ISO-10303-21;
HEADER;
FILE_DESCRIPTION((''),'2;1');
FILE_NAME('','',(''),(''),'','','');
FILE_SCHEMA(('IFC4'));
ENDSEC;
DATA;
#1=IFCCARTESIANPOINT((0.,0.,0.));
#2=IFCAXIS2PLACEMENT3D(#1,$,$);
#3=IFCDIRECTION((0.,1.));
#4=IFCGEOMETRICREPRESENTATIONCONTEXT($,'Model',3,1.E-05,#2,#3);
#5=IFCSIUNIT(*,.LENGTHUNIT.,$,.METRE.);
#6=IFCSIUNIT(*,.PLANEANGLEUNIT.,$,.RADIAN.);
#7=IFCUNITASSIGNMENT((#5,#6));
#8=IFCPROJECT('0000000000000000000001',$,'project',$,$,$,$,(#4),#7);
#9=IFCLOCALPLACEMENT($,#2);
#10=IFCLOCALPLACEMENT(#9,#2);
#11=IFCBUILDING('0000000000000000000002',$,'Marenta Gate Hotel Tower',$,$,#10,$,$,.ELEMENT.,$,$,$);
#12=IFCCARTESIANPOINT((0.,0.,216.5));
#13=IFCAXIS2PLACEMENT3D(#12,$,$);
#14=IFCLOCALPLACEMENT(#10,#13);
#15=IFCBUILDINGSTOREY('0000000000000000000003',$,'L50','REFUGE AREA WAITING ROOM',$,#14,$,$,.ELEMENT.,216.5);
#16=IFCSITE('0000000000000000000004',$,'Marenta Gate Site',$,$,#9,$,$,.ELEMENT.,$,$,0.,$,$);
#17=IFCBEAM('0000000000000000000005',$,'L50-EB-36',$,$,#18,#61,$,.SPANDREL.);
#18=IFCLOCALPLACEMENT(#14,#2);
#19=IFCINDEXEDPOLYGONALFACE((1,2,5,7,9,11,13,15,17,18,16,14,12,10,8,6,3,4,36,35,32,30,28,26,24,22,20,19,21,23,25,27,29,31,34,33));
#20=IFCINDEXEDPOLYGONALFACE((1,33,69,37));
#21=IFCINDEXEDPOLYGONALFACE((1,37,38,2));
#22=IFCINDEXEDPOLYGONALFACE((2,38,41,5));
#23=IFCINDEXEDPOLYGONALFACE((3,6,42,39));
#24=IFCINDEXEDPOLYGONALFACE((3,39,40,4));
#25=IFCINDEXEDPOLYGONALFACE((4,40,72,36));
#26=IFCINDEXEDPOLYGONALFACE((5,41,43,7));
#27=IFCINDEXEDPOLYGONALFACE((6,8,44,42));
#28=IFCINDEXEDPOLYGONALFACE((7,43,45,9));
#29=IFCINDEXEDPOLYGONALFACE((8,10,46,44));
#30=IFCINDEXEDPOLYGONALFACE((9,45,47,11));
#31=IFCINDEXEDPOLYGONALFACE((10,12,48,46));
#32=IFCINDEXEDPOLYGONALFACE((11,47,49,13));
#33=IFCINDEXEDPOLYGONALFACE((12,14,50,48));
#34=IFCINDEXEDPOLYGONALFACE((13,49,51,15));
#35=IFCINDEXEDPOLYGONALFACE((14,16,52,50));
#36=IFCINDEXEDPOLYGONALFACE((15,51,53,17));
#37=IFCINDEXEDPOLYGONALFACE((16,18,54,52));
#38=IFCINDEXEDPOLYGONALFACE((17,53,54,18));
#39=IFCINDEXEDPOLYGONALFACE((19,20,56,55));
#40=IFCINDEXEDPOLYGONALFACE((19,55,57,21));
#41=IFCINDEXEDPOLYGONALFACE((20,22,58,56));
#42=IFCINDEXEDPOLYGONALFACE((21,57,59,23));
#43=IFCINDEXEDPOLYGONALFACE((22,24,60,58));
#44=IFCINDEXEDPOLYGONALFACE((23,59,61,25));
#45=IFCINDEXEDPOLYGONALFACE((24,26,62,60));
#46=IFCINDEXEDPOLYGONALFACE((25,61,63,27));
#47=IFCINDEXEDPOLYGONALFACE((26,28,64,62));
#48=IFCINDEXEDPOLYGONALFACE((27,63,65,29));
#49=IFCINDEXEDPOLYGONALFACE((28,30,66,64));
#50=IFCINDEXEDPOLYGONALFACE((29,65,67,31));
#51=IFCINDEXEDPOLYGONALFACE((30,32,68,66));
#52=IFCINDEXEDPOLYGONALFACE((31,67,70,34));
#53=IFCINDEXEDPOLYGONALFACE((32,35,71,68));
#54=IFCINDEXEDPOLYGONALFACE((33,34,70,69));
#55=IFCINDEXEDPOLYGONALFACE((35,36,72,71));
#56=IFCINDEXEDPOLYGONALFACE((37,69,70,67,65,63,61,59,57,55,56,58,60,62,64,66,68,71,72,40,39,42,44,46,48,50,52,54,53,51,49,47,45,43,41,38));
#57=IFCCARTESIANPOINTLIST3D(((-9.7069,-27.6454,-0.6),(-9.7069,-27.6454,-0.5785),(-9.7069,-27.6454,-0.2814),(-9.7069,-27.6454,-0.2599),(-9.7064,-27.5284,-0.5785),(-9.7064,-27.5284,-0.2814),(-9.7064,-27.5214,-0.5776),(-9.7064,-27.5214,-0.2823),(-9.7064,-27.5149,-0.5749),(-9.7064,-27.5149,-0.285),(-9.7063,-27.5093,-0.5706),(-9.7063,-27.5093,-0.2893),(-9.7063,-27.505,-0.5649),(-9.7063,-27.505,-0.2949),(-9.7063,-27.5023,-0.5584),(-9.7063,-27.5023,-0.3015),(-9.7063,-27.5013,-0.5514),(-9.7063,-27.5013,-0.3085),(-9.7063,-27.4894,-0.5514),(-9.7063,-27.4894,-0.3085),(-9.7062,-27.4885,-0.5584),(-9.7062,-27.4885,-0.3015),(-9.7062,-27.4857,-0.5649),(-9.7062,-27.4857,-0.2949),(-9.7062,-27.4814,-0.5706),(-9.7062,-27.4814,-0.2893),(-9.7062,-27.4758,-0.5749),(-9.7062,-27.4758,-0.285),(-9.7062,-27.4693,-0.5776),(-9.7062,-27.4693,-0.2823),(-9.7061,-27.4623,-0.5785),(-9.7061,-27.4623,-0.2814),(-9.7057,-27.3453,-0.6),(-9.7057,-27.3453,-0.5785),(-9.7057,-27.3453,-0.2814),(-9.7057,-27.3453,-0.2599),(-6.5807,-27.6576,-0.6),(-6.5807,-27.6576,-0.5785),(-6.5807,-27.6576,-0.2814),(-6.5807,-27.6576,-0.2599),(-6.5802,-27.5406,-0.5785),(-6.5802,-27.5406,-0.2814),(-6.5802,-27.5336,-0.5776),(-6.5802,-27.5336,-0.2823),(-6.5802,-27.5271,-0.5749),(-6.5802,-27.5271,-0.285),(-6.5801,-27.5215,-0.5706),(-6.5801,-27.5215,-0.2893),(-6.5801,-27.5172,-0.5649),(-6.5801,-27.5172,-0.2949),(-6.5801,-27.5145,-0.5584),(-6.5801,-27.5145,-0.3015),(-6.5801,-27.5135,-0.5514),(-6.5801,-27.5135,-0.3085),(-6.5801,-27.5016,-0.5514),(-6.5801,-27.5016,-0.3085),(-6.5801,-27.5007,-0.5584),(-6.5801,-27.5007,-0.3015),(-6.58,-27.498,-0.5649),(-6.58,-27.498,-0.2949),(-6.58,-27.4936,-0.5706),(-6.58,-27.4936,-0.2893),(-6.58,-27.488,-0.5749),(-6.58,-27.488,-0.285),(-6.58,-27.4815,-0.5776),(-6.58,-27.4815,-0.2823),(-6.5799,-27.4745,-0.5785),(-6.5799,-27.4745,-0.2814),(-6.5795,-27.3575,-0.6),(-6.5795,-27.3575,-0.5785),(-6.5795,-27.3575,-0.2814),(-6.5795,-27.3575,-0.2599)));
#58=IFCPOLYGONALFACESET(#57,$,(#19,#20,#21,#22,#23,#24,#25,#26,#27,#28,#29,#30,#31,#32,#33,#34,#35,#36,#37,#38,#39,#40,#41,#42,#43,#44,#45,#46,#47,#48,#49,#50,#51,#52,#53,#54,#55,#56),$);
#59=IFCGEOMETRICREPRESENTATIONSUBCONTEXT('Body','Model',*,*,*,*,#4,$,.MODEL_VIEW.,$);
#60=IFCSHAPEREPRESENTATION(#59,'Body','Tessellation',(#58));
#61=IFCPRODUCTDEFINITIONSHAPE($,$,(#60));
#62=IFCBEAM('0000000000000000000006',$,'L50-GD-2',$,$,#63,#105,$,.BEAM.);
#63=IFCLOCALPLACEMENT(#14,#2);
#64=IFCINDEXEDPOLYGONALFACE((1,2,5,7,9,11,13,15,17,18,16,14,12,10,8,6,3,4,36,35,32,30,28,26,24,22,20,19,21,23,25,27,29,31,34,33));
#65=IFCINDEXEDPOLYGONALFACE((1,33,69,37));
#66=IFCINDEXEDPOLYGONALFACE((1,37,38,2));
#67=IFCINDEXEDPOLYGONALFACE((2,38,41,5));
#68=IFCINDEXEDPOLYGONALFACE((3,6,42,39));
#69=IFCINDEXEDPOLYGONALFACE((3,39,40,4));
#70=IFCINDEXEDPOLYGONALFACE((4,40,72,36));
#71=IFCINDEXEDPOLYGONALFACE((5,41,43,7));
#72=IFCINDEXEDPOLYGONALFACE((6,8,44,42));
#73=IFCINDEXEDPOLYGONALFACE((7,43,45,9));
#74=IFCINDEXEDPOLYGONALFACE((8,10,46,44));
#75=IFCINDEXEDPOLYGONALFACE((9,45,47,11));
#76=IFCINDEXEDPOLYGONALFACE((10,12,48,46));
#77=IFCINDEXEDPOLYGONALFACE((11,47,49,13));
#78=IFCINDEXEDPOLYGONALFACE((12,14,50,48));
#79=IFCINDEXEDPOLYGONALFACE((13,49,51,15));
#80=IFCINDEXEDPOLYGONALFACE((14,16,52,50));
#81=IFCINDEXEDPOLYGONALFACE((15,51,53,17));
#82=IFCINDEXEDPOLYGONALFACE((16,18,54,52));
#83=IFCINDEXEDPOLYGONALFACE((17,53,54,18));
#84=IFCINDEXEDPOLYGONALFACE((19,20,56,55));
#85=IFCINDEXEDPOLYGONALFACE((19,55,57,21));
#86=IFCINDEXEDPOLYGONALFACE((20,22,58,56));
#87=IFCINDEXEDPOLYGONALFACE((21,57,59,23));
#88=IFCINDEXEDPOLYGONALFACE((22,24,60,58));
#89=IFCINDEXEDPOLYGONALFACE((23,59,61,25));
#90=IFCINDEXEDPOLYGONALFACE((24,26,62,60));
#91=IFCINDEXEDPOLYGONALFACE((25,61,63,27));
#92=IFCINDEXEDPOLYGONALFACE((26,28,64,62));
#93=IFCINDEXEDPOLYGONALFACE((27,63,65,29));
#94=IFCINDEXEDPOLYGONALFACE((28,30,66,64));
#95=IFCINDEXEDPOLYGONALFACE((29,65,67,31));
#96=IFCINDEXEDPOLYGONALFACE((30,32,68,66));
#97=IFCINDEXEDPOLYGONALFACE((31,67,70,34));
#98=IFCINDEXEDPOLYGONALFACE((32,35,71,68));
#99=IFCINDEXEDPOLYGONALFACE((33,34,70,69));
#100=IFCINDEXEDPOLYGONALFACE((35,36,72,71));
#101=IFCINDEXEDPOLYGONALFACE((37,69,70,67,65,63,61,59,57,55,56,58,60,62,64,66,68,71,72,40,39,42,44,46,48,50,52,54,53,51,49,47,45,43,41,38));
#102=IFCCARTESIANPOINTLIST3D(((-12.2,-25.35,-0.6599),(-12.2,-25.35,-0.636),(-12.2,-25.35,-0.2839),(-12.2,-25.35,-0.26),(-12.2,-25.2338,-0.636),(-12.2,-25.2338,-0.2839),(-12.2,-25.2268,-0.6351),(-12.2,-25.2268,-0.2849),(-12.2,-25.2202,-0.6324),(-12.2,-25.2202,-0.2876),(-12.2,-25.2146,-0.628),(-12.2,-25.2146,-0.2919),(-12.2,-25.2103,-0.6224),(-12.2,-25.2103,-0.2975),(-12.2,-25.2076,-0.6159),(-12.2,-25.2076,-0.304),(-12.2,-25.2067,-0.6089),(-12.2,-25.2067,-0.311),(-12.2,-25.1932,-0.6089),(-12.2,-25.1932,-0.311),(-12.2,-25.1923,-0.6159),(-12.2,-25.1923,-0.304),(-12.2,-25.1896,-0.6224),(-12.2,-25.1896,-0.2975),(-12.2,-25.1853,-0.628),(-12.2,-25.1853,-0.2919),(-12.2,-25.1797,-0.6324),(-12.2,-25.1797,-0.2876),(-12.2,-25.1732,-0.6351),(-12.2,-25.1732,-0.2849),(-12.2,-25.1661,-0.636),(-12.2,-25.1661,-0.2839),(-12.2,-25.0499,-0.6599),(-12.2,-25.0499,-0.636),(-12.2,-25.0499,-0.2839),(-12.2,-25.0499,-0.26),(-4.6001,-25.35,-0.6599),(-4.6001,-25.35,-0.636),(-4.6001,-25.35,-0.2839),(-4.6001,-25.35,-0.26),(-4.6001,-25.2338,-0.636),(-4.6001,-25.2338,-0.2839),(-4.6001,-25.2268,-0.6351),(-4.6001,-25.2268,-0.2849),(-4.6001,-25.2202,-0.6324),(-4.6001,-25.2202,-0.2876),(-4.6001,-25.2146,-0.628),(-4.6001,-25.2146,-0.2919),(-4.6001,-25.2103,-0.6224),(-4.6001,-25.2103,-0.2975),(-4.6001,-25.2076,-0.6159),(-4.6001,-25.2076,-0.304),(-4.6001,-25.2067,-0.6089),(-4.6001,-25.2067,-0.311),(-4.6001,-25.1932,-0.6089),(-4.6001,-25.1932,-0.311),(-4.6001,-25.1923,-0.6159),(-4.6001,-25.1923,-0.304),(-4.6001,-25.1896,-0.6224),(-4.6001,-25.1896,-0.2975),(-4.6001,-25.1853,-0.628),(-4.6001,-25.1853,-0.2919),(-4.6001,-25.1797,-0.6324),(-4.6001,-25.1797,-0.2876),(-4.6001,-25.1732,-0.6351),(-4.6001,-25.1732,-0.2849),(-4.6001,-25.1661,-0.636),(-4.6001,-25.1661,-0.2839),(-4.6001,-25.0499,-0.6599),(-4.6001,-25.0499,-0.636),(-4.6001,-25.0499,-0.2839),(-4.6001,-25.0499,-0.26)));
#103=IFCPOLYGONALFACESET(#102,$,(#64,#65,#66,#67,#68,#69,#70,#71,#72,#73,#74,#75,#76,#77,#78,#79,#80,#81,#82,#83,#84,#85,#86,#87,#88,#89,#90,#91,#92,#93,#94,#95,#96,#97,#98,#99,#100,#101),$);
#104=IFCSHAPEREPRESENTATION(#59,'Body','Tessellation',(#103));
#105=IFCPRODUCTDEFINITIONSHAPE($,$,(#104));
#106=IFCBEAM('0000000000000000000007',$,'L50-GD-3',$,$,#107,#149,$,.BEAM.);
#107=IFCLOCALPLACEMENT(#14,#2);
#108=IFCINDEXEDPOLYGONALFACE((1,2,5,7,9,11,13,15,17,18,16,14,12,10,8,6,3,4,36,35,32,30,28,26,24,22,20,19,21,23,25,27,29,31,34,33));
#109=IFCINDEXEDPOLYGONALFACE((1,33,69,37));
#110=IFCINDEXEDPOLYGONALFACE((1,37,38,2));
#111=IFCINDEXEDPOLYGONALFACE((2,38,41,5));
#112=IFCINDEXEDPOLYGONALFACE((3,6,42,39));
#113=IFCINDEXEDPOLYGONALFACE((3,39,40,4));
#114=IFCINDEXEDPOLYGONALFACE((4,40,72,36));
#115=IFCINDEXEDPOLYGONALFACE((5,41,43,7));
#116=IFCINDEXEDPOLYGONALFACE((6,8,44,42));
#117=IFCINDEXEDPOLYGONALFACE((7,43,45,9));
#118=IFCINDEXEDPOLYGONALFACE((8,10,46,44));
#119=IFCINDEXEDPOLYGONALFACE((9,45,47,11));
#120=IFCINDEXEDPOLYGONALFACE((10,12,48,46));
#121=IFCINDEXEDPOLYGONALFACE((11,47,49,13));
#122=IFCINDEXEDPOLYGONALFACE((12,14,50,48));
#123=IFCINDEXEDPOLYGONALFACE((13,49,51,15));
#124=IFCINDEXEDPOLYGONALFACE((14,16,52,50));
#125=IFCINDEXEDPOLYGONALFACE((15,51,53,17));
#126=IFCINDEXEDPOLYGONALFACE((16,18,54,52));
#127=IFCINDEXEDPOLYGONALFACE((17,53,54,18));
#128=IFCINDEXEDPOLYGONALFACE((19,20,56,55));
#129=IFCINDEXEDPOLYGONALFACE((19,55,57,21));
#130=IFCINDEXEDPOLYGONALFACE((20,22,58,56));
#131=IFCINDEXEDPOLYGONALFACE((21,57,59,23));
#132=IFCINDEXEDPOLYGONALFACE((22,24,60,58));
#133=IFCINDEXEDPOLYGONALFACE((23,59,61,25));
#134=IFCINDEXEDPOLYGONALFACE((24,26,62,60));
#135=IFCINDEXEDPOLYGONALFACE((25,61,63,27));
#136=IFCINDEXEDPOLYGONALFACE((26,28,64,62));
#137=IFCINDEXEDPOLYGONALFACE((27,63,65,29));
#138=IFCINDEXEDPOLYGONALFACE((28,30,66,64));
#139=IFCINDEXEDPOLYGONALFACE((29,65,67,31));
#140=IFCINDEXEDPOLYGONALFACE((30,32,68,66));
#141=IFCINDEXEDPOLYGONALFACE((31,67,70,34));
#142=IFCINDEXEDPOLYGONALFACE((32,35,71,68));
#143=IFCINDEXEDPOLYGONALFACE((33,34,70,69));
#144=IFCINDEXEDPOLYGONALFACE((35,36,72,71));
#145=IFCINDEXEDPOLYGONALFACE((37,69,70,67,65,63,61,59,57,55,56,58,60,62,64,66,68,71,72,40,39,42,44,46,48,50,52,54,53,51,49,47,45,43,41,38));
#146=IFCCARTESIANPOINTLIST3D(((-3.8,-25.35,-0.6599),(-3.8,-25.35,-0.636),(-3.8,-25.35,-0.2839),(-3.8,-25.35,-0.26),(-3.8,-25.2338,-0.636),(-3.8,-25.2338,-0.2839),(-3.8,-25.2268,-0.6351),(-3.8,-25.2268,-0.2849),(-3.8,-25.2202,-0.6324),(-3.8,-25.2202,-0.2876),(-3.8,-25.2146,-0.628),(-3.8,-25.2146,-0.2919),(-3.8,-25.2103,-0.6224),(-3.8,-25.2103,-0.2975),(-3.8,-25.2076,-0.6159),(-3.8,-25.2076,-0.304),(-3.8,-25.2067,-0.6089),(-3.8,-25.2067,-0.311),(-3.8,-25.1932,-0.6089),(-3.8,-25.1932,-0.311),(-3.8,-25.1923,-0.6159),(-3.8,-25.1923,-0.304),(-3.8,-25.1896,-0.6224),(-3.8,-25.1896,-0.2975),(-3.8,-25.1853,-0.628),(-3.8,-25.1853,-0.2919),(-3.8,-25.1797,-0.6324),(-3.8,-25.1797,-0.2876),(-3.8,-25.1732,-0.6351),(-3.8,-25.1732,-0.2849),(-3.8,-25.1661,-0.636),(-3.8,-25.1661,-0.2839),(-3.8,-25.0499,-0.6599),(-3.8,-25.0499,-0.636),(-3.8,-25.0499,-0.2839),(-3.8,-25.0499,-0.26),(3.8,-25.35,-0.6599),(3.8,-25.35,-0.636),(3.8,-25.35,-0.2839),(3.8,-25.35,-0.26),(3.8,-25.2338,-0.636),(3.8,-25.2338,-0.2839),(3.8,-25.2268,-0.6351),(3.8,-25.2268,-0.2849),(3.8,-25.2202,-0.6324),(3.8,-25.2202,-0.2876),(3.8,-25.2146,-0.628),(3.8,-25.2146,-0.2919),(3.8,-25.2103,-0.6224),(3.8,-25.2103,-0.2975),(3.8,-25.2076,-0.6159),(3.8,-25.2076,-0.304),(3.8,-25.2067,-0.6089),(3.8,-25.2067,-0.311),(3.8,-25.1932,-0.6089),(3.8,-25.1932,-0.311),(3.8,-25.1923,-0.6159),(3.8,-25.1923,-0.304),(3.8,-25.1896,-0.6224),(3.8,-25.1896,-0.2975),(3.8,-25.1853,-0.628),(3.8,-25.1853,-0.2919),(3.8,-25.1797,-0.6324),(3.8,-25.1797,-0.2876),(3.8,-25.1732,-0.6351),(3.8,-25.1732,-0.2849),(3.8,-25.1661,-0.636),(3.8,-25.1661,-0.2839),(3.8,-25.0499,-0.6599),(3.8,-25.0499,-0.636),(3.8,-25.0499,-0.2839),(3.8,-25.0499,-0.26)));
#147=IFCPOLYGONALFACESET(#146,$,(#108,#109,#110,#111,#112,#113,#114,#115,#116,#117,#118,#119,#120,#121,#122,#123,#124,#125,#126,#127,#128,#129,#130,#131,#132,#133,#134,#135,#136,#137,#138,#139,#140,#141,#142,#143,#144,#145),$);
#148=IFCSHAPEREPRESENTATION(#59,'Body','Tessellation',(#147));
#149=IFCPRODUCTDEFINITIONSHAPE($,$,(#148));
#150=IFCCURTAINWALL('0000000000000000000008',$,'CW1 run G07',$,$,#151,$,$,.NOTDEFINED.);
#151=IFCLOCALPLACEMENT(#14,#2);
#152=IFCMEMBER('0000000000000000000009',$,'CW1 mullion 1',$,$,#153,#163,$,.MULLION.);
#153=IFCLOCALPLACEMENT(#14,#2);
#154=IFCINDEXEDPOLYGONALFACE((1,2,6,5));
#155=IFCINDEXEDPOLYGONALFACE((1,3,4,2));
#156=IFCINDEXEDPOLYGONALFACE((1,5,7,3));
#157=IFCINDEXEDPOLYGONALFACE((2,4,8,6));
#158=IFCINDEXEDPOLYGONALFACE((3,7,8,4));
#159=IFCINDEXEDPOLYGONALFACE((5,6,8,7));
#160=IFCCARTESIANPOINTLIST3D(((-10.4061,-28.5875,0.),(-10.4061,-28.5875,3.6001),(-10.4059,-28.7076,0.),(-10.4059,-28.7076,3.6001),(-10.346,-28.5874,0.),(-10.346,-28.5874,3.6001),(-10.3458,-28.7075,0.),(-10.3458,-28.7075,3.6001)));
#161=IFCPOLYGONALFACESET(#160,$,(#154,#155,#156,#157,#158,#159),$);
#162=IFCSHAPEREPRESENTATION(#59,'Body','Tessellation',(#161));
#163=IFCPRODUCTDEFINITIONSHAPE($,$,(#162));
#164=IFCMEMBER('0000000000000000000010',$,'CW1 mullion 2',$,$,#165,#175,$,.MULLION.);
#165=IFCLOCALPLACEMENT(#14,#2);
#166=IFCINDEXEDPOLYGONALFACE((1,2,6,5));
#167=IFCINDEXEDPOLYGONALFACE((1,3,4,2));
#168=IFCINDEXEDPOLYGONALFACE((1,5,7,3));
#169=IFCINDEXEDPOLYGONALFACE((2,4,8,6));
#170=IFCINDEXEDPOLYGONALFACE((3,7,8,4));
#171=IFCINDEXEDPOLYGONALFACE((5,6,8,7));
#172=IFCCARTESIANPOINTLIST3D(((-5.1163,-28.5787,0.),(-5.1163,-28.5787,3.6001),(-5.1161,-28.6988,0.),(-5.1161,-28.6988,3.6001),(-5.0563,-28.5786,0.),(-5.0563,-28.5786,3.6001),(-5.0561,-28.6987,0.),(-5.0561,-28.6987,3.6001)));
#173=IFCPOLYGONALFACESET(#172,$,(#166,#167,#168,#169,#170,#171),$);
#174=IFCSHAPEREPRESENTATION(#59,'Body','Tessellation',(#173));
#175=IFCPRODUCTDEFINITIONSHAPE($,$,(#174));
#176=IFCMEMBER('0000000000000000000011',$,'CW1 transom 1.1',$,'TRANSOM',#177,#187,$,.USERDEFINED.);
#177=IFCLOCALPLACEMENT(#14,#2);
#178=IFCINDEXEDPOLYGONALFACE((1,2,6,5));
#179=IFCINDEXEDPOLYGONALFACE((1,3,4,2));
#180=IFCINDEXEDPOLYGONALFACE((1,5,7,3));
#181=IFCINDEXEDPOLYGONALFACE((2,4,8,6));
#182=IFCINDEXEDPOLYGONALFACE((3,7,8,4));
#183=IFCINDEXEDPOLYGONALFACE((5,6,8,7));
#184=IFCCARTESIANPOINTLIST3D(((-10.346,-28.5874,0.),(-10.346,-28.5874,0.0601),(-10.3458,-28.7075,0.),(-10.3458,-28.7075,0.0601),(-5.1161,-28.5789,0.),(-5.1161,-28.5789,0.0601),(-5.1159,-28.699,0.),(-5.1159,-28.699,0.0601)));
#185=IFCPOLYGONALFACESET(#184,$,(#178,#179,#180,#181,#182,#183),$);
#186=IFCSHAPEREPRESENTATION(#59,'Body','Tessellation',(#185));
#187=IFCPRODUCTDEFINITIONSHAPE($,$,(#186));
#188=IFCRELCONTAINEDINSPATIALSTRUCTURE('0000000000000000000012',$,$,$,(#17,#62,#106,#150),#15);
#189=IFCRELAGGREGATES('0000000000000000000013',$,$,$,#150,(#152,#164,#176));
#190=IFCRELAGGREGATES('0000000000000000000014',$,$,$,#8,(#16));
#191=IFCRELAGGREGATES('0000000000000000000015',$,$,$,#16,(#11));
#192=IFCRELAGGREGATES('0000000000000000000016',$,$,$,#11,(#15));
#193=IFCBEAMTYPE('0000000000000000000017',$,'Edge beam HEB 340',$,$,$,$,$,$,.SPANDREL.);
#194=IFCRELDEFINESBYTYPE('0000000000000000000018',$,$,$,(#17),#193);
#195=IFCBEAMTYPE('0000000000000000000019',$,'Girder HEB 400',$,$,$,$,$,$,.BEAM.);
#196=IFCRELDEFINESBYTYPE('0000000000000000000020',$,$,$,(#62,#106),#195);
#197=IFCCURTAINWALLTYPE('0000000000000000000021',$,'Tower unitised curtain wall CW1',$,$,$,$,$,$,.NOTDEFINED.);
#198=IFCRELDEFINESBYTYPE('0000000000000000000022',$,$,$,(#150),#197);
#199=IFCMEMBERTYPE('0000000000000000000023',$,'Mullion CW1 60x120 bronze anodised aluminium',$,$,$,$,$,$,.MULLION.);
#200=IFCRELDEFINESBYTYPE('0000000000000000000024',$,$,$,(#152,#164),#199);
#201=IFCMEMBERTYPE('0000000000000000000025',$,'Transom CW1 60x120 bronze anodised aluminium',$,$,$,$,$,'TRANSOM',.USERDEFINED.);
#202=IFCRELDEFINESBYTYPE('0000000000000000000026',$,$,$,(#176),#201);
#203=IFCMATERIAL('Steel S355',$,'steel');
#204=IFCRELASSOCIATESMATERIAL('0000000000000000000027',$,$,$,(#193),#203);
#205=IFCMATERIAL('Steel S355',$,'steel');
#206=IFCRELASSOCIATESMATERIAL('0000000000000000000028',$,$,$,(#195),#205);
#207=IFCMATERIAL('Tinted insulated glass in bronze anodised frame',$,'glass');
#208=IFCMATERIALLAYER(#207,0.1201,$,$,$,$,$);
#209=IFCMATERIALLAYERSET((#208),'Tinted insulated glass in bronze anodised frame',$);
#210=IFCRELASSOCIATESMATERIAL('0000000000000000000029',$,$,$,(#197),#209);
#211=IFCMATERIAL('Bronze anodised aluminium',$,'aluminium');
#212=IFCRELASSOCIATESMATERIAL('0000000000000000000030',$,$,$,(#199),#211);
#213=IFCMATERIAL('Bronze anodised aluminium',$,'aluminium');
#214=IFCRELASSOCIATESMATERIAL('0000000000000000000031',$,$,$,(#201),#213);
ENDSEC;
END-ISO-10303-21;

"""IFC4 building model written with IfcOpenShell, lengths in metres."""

from ifc_helpers import new_model, si_unit, direction, frame, origin, origin_2d, place, context, subcontext, project, spatial, rectangle, i_section, extrude, material, layer, layer_set, material_profile, profile_set, type_object, element, aggregate, save


model = new_model("IFC4")

# Units and contexts
model_context = context("Model", 3, precision=1e-05, world=origin(), true_north=direction((0.0, 1.0)))
body_context = subcontext(model_context, "Body", "Model", "MODEL_VIEW")
ifc_project = project(units=[si_unit("LENGTHUNIT", "METRE"), si_unit("PLANEANGLEUNIT", "RADIAN")], contexts=[model_context])

# Site, building, storey
site_placement = place(None, origin())
site = spatial("IfcSite", under=ifc_project, at=site_placement, Name="Marenta Gate Site", CompositionType="ELEMENT", RefElevation=0.0)
building_placement = place(site_placement, origin())
building = spatial("IfcBuilding", under=site, at=building_placement, Name="Marenta Gate Hotel Tower", CompositionType="ELEMENT")
storey_placement = place(building_placement, frame((0.0, 0.0, 216.5)))
storey = spatial("IfcBuildingStorey", under=building, at=storey_placement, Name="L50", Description="REFUGE AREA WAITING ROOM", CompositionType="ELEMENT", Elevation=216.5)

# Beams
ifc_material_1 = material(Name="Steel S355", Category="steel")
ifc_material_profile_1 = material_profile(ifc_material_1, i_section(OverallWidth=0.3, OverallDepth=0.3401, WebThickness=0.012, FlangeThickness=0.0215, FilletRadius=0.0271, at=origin_2d()), Name="HEB 340")
ifc_profile_set_1 = profile_set([ifc_material_profile_1], Name="Steel S355")
beam_type_1 = type_object("IfcBeamType", Name="Edge beam HEB 340", PredefinedType="SPANDREL", material=ifc_profile_set_1)
beam_1_placement = place(storey_placement, frame((-6.5801, -27.5076, -0.4299), z_axis=(-0.999992, 0.003905, 0.0), x_axis=(-0.003905, -0.999992, 0.0)))
element("IfcBeam", 1, at=beam_1_placement, inside=storey, type_object=beam_type_1, Name="L50-EB-36", PredefinedType="SPANDREL", context=body_context, shape_type="SweptSolid", body=[
    extrude(i_section(OverallWidth=0.3, OverallDepth=0.3401, WebThickness=0.012, FlangeThickness=0.0215, FilletRadius=0.0271, at=origin_2d()), origin(), (0.0, 0.0, 1.0), 3.1262),
])
ifc_material_2 = material(Name="Steel S355", Category="steel")
ifc_material_profile_2 = material_profile(ifc_material_2, i_section(OverallWidth=0.3, OverallDepth=0.3999, WebThickness=0.0134, FlangeThickness=0.0239, FilletRadius=0.0271, at=origin_2d()), Name="HEB 400")
ifc_profile_set_2 = profile_set([ifc_material_profile_2], Name="Steel S355")
beam_type_2 = type_object("IfcBeamType", Name="Girder HEB 400", PredefinedType="BEAM", material=ifc_profile_set_2)
beam_2_placement = place(storey_placement, frame((-12.2, -25.2, -0.46), z_axis=(1.0, 0.0, 0.0), x_axis=(0.0, 1.0, 0.0)))
element("IfcBeam", 2, at=beam_2_placement, inside=storey, type_object=beam_type_2, Name="L50-GD-2", PredefinedType="BEAM", context=body_context, shape_type="SweptSolid", body=[
    extrude(i_section(OverallWidth=0.3, OverallDepth=0.3999, WebThickness=0.0134, FlangeThickness=0.0239, FilletRadius=0.0271, at=origin_2d()), origin(), (0.0, 0.0, 1.0), 7.5999),
])
beam_3_placement = place(storey_placement, frame((-3.8, -25.2, -0.46), z_axis=(1.0, 0.0, 0.0), x_axis=(0.0, 1.0, 0.0)))
element("IfcBeam", 3, at=beam_3_placement, inside=storey, type_object=beam_type_2, Name="L50-GD-3", PredefinedType="BEAM", context=body_context, shape_type="SweptSolid", body=[
    extrude(i_section(OverallWidth=0.3, OverallDepth=0.3999, WebThickness=0.0134, FlangeThickness=0.0239, FilletRadius=0.0271, at=origin_2d()), origin(), (0.0, 0.0, 1.0), 7.6001),
])

# Curtain wall, members
ifc_material_3 = material(Name="Tinted insulated glass in bronze anodised frame", Category="glass")
ifc_layer_1 = layer(ifc_material_3, 0.1201)
ifc_layer_set_1 = layer_set([ifc_layer_1], Name="Tinted insulated glass in bronze anodised frame")
curtain_wall_type = type_object("IfcCurtainWallType", Name="Tower unitised curtain wall CW1", PredefinedType="NOTDEFINED", material=ifc_layer_set_1)
curtain_wall_placement = place(storey_placement, origin())
curtain_wall = element("IfcCurtainWall", 4, at=curtain_wall_placement, inside=storey, type_object=curtain_wall_type, Name="CW1 run G07", PredefinedType="NOTDEFINED")
ifc_material_4 = material(Name="Bronze anodised aluminium", Category="aluminium")
ifc_material_profile_3 = material_profile(ifc_material_4, rectangle(XDim=0.1201, YDim=0.0601, at=origin_2d()), Name="Mullion CW1 60x120 bronze anodised aluminium")
ifc_profile_set_3 = profile_set([ifc_material_profile_3], Name="Bronze anodised aluminium")
member_type_1 = type_object("IfcMemberType", Name="Mullion CW1 60x120 bronze anodised aluminium", PredefinedType="MULLION", material=ifc_profile_set_3)
member_1_placement = place(storey_placement, frame((-10.376, -28.6475, 0.0), z_axis=(0.0, 0.0, 1.0), x_axis=(-0.001645, 0.999999, 0.0)))
member_1 = element("IfcMember", 5, at=member_1_placement, type_object=member_type_1, Name="CW1 mullion 1", PredefinedType="MULLION", context=body_context, shape_type="SweptSolid", body=[
    extrude(rectangle(XDim=0.1201, YDim=0.0601, at=origin_2d()), origin(), (0.0, 0.0, 1.0), 3.6001),
])
member_2_placement = place(storey_placement, frame((-5.0862, -28.6387, 0.0), z_axis=(0.0, 0.0, 1.0), x_axis=(-0.001645, 0.999999, 0.0)))
member_2 = element("IfcMember", 6, at=member_2_placement, type_object=member_type_1, Name="CW1 mullion 2", PredefinedType="MULLION", context=body_context, shape_type="SweptSolid", body=[
    extrude(rectangle(XDim=0.1201, YDim=0.0601, at=origin_2d()), origin(), (0.0, 0.0, 1.0), 3.6001),
])
ifc_material_5 = material(Name="Bronze anodised aluminium", Category="aluminium")
ifc_material_profile_4 = material_profile(ifc_material_5, rectangle(XDim=0.1201, YDim=0.0601, at=origin_2d()), Name="Transom CW1 60x120 bronze anodised aluminium")
ifc_profile_set_4 = profile_set([ifc_material_profile_4], Name="Bronze anodised aluminium")
member_type_2 = type_object("IfcMemberType", Name="Transom CW1 60x120 bronze anodised aluminium", ElementType="TRANSOM", PredefinedType="USERDEFINED", material=ifc_profile_set_4)
member_3_placement = place(storey_placement, frame((-10.3459, -28.6475, 0.03), z_axis=(0.999999, 0.001634, 0.0), x_axis=(-0.001634, 0.999999, 0.0)))
member_3 = element("IfcMember", 7, at=member_3_placement, type_object=member_type_2, Name="CW1 transom 1.1", ObjectType="TRANSOM", PredefinedType="USERDEFINED", context=body_context, shape_type="SweptSolid", body=[
    extrude(rectangle(XDim=0.1201, YDim=0.0601, at=origin_2d()), origin(), (0.0, 0.0, 1.0), 5.23),
])
aggregate(curtain_wall, [member_1, member_2, member_3])

save(model, "model.ifc")
